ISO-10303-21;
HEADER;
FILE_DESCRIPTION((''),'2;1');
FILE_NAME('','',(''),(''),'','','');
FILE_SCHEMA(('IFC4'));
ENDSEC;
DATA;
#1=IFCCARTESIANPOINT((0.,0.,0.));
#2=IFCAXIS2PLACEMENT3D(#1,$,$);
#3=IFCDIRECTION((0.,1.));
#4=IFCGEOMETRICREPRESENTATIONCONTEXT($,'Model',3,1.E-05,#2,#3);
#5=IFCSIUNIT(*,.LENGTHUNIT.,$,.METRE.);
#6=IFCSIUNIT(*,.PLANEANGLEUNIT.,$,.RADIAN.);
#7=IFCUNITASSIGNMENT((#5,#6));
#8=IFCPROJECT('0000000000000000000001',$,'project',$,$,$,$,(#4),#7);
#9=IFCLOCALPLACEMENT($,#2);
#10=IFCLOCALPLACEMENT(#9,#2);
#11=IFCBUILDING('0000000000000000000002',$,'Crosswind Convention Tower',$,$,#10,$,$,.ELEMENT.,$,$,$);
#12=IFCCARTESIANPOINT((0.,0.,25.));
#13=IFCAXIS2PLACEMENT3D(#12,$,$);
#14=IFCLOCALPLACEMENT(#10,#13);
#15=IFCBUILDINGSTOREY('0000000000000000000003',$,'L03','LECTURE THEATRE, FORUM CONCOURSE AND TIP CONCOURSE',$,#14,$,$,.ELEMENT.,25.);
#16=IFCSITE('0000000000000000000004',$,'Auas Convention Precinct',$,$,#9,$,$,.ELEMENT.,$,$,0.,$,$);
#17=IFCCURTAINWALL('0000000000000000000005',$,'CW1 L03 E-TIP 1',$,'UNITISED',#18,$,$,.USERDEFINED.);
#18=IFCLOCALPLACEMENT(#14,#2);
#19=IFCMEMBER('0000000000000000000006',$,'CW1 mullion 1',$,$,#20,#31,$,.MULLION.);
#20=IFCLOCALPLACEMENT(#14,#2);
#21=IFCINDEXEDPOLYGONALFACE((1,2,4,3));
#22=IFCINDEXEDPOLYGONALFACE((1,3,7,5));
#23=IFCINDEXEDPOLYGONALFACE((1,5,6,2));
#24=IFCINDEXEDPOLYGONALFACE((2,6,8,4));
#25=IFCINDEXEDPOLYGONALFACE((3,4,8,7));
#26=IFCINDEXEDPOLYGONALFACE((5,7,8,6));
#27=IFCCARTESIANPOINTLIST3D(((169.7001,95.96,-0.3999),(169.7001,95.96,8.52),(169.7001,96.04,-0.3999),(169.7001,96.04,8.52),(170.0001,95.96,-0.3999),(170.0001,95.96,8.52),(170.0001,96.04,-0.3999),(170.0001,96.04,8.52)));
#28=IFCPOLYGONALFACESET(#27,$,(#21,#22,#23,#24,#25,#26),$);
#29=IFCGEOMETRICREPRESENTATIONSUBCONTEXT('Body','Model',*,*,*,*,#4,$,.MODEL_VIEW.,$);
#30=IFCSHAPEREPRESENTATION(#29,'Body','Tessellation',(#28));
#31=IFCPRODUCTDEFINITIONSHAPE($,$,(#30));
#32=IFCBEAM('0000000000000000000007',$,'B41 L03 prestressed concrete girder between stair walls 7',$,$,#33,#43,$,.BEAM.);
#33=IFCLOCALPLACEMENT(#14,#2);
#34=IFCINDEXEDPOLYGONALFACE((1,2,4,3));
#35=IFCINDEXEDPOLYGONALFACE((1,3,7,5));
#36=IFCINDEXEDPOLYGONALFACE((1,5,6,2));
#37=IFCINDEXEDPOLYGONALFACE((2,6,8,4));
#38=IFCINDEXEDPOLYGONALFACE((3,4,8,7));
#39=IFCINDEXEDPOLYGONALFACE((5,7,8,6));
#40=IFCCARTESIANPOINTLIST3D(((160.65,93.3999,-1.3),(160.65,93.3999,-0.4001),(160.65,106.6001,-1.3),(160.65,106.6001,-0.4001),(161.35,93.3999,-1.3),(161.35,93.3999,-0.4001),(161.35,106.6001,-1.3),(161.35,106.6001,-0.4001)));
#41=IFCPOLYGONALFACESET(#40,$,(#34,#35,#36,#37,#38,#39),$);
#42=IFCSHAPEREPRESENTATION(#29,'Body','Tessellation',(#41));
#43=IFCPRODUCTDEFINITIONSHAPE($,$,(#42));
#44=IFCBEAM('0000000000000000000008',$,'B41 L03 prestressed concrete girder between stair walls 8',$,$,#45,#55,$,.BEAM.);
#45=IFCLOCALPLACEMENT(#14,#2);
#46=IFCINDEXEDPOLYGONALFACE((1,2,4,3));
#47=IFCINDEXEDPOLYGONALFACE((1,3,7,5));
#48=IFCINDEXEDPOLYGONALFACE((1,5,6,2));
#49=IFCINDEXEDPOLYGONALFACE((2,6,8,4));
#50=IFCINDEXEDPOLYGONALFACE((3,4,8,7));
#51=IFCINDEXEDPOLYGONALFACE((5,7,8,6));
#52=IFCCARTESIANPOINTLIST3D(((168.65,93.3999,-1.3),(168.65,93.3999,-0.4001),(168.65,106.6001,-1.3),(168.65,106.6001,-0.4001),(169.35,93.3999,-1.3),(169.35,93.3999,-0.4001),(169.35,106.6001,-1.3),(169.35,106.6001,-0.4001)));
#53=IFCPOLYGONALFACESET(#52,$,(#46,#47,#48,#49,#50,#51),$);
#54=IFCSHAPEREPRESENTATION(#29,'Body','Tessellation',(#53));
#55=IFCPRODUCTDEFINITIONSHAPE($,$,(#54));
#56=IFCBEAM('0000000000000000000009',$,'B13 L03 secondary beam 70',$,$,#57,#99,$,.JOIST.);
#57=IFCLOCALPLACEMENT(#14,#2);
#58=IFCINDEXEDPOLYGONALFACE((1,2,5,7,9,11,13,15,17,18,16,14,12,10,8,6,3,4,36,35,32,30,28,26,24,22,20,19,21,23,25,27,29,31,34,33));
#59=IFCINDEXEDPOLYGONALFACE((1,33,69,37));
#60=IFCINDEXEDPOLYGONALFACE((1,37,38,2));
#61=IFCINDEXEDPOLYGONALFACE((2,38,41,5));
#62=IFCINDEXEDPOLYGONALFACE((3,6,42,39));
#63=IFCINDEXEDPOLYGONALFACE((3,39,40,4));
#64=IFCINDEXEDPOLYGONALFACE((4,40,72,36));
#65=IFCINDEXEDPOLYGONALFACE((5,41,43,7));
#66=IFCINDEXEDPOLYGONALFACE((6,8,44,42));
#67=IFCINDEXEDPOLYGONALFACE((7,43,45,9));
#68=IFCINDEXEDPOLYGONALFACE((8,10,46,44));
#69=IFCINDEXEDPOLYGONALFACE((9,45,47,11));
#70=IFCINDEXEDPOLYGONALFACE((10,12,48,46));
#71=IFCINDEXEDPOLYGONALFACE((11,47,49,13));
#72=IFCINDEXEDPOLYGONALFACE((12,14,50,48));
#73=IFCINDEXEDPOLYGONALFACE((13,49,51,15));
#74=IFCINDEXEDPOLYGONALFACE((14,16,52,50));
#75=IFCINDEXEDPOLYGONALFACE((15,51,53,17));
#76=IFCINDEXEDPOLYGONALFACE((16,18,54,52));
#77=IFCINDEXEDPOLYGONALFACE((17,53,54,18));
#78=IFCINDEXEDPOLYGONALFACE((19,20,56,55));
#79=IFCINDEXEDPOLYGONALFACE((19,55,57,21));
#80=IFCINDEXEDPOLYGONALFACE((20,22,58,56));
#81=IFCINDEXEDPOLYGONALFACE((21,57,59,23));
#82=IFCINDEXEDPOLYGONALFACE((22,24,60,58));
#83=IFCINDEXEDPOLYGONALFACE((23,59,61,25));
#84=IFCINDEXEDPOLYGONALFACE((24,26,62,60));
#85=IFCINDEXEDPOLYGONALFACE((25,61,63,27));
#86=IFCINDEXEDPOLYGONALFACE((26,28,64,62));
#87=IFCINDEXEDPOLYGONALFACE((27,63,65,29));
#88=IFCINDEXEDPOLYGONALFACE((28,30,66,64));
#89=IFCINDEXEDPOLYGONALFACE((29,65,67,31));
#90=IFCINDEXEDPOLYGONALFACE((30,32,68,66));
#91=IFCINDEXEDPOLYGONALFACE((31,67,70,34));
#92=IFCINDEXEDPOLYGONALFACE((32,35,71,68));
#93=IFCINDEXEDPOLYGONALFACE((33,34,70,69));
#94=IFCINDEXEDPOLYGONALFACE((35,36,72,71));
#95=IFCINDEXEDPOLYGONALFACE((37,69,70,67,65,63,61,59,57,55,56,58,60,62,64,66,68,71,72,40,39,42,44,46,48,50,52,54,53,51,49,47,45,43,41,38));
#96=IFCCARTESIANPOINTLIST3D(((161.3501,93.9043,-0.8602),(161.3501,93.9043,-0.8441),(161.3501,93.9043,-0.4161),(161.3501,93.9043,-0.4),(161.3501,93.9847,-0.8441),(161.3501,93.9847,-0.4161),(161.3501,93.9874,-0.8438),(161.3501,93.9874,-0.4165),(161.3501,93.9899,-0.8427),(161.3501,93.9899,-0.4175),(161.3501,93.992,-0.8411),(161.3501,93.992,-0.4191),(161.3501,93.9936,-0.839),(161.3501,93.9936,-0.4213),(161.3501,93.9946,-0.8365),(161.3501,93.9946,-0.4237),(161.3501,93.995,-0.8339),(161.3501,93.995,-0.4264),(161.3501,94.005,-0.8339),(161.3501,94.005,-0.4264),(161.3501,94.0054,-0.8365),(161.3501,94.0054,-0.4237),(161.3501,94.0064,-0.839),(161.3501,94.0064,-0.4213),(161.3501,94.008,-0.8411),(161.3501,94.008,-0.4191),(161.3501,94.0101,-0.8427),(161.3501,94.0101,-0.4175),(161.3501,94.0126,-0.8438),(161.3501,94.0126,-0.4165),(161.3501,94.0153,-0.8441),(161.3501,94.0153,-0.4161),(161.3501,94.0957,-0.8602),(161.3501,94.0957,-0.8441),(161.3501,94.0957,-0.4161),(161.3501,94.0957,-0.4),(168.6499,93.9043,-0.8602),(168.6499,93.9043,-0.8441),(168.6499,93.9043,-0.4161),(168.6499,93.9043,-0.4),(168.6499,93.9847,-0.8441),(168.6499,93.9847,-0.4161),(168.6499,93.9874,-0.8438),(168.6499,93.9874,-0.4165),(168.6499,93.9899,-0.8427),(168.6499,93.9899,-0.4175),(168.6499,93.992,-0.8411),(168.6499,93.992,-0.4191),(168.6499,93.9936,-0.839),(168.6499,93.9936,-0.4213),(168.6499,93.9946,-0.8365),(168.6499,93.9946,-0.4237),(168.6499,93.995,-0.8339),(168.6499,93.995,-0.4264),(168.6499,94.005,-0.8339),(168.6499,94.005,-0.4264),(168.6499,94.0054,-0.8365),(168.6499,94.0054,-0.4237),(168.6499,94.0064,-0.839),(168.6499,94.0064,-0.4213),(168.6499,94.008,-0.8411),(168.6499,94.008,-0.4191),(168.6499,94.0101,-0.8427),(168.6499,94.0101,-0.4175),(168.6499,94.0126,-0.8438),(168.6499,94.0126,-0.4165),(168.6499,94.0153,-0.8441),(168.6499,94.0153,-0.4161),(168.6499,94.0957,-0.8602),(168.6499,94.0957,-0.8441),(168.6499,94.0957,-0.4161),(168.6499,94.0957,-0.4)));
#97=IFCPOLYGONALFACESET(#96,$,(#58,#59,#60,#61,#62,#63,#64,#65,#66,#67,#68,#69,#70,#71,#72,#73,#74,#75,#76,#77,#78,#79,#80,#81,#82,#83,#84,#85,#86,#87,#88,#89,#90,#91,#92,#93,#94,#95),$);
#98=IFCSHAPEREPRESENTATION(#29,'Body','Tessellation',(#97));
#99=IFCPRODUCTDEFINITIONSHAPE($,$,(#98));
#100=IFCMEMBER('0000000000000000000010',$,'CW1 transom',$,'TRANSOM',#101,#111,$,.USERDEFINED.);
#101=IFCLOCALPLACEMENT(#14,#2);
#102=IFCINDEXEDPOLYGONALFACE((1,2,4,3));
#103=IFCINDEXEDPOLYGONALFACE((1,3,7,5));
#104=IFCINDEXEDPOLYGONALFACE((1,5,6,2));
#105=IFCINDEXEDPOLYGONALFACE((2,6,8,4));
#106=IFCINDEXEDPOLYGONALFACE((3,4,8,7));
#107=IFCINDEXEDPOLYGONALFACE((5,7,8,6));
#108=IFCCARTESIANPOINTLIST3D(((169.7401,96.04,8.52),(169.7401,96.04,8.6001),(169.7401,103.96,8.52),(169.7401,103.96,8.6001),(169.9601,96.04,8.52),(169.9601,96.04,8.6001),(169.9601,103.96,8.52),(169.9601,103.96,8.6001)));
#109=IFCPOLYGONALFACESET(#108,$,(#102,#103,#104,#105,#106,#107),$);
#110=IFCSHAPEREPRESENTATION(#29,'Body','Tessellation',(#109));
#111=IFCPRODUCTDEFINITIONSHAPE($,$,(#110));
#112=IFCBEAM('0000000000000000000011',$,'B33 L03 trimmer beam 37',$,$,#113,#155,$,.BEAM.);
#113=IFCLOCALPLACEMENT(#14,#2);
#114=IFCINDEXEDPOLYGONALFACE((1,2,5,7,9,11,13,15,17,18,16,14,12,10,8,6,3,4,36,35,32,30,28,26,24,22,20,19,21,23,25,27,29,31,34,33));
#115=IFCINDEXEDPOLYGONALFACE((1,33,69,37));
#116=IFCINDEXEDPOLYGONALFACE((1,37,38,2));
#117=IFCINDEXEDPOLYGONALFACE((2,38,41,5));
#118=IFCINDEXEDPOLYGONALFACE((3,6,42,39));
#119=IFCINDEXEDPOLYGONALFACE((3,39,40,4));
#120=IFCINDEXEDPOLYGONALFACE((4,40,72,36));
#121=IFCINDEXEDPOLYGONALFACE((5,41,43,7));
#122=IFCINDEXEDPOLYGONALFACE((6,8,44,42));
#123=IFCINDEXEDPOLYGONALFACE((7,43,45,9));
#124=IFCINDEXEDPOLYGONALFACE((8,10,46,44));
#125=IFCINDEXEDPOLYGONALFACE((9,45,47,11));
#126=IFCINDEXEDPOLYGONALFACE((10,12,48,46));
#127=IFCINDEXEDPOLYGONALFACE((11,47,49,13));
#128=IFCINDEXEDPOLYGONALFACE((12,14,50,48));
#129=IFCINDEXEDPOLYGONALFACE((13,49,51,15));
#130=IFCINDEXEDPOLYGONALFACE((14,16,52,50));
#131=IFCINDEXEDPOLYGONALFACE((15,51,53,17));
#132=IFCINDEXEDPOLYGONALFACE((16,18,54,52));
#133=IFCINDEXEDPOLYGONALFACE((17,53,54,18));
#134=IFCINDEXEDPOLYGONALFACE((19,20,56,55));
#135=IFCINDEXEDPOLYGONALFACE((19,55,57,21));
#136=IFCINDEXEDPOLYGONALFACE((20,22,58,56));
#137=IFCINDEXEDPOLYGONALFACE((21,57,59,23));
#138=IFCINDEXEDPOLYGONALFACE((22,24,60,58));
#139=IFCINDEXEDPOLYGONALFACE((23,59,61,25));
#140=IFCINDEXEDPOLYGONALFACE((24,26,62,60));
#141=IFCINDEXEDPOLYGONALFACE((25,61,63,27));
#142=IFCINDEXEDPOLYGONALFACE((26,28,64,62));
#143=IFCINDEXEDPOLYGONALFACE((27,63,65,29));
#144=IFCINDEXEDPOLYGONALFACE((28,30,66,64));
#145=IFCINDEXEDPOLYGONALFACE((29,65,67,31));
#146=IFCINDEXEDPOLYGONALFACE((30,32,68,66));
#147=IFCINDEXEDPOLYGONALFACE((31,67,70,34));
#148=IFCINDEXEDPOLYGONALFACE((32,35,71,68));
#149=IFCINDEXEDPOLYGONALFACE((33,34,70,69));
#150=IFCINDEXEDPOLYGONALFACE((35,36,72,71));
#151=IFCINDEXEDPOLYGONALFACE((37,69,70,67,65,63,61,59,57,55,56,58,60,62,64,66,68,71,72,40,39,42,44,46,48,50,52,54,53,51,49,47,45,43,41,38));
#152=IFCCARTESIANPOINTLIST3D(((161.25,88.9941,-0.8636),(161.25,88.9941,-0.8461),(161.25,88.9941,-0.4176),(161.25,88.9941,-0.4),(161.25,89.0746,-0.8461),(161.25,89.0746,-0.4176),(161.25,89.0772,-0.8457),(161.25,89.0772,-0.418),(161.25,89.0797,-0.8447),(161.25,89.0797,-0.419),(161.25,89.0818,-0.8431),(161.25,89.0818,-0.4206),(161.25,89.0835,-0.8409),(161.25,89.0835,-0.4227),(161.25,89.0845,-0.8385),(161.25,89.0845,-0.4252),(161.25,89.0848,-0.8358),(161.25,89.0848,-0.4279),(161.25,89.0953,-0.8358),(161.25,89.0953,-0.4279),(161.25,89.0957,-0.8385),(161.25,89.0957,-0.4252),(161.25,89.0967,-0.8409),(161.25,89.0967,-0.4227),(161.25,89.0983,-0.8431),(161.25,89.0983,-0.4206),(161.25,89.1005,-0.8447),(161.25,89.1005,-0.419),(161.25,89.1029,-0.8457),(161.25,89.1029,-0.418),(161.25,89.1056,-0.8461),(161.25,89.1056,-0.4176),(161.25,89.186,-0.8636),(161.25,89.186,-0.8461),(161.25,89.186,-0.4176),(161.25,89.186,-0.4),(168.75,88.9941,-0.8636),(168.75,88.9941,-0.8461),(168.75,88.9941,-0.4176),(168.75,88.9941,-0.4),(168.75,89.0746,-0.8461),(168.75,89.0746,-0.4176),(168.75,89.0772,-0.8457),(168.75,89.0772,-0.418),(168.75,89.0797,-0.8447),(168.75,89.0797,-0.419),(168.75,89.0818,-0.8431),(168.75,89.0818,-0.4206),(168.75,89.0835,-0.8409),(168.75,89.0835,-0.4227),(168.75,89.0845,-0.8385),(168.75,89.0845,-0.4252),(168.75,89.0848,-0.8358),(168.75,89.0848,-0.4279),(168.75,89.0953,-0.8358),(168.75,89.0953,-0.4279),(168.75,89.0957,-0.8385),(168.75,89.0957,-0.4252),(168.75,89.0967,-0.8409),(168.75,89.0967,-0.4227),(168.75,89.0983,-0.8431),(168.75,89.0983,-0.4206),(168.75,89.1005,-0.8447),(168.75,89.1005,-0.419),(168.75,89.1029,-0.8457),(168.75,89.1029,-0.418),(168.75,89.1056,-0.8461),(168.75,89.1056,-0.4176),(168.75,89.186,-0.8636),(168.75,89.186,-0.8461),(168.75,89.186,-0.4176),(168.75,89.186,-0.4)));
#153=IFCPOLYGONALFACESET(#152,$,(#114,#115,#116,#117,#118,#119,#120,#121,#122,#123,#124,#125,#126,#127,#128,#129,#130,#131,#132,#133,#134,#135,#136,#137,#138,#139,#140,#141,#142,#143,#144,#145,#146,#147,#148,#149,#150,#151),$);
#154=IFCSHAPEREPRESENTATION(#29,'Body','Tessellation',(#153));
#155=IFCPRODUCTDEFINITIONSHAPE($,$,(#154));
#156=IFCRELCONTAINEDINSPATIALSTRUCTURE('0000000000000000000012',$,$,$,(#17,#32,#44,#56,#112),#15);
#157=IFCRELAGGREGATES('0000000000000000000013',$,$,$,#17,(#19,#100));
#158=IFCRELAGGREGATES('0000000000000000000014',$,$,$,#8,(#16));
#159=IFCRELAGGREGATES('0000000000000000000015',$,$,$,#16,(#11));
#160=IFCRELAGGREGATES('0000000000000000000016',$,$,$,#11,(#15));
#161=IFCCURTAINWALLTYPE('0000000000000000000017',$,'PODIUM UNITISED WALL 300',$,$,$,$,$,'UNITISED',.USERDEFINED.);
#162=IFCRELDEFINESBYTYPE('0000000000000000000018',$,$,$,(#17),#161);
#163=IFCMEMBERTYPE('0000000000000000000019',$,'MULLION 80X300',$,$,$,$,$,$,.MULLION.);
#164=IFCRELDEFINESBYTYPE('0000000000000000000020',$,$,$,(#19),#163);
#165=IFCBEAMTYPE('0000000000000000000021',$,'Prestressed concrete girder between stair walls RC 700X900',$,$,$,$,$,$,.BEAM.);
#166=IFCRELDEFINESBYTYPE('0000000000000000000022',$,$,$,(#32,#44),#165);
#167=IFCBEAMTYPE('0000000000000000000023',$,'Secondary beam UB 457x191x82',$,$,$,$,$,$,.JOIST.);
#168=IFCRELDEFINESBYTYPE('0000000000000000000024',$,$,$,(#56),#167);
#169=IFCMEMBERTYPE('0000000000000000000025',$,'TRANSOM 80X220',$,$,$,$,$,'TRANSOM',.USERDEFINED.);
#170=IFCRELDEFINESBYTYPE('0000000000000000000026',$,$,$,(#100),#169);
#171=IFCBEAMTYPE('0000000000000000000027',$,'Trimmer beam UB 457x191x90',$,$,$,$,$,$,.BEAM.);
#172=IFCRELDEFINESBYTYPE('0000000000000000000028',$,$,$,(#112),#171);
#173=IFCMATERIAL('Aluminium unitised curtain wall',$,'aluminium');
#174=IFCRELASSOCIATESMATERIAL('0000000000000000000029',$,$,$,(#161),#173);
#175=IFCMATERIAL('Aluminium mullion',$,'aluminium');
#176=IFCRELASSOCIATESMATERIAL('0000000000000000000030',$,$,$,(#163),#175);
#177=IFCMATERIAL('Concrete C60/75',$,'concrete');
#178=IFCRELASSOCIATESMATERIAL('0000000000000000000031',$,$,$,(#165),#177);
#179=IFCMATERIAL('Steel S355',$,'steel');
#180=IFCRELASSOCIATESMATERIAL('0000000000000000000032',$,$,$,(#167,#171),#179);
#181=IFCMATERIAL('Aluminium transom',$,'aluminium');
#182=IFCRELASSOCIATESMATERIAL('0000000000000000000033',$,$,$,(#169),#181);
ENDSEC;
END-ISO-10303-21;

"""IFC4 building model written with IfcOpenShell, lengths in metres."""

from ifc_helpers import new_model, si_unit, direction, frame, origin, origin_2d, place, context, subcontext, project, spatial, rectangle, i_section, extrude, material, material_profile, profile_set, type_object, element, aggregate, save


model = new_model("IFC4")

# Units and contexts
model_context = context("Model", 3, precision=1e-05, world=origin(), true_north=direction((0.0, 1.0)))
body_context = subcontext(model_context, "Body", "Model", "MODEL_VIEW")
ifc_project = project(units=[si_unit("LENGTHUNIT", "METRE"), si_unit("PLANEANGLEUNIT", "RADIAN")], contexts=[model_context])

# Site, building, storey
site_placement = place(None, origin())
site = spatial("IfcSite", under=ifc_project, at=site_placement, Name="Auas Convention Precinct", CompositionType="ELEMENT", RefElevation=0.0)
building_placement = place(site_placement, origin())
building = spatial("IfcBuilding", under=site, at=building_placement, Name="Crosswind Convention Tower", CompositionType="ELEMENT")
storey_placement = place(building_placement, frame((0.0, 0.0, 25.0)))
storey = spatial("IfcBuildingStorey", under=building, at=storey_placement, Name="L03", Description="LECTURE THEATRE, FORUM CONCOURSE AND TIP CONCOURSE", CompositionType="ELEMENT", Elevation=25.0)

# Curtain wall, member
ifc_material_1 = material(Name="Aluminium unitised curtain wall", Category="aluminium")
curtain_wall_type = type_object("IfcCurtainWallType", Name="PODIUM UNITISED WALL 300", ElementType="UNITISED", PredefinedType="USERDEFINED", material=ifc_material_1)
curtain_wall_placement = place(storey_placement, origin())
curtain_wall = element("IfcCurtainWall", 1, at=curtain_wall_placement, inside=storey, type_object=curtain_wall_type, Name="CW1 L03 E-TIP 1", ObjectType="UNITISED", PredefinedType="USERDEFINED")
ifc_material_2 = material(Name="Aluminium mullion", Category="aluminium")
ifc_material_profile_1 = material_profile(ifc_material_2, rectangle(XDim=0.3, YDim=0.0801, at=origin_2d()), Name="AL 300X80")
ifc_profile_set_1 = profile_set([ifc_material_profile_1], Name="Aluminium mullion")
member_type_1 = type_object("IfcMemberType", Name="MULLION 80X300", PredefinedType="MULLION", material=ifc_profile_set_1)
member_1_placement = place(storey_placement, frame((169.8501, 96.0, -0.3999), z_axis=(0.0, 0.0, 1.0), x_axis=(1.0, 0.0, 0.0)))
member_1 = element("IfcMember", 2, at=member_1_placement, type_object=member_type_1, Name="CW1 mullion 1", PredefinedType="MULLION", context=body_context, shape_type="SweptSolid", body=[
    extrude(rectangle(XDim=0.3, YDim=0.0801, at=origin_2d()), origin(), (0.0, 0.0, 1.0), 8.9199),
])

# Beams
ifc_material_3 = material(Name="Concrete C60/75", Category="concrete")
ifc_material_profile_2 = material_profile(ifc_material_3, rectangle(XDim=0.7, YDim=0.8999, at=origin_2d()), Name="RC 700X900")
ifc_profile_set_2 = profile_set([ifc_material_profile_2], Name="Concrete C60/75")
beam_type_1 = type_object("IfcBeamType", Name="Prestressed concrete girder between stair walls RC 700X900", PredefinedType="BEAM", material=ifc_profile_set_2)
for number, where, z_axis, x_axis, name in (
    (3, (161.0, 93.3999, -0.8501), (0.0, 1.0, 0.0), (-1.0, 0.0, 0.0), "B41 L03 prestressed concrete girder between stair walls 7"),
    (4, (169.0, 93.3999, -0.8501), (0.0, 1.0, 0.0), (-1.0, 0.0, 0.0), "B41 L03 prestressed concrete girder between stair walls 8"),
):
    element("IfcBeam", number, at=place(storey_placement, frame(where, z_axis=z_axis, x_axis=x_axis)), inside=storey, type_object=beam_type_1, Name=name, PredefinedType="BEAM", context=body_context, shape_type="SweptSolid", body=[
        extrude(rectangle(XDim=0.7, YDim=0.8999, at=origin_2d()), origin(), (0.0, 0.0, 1.0), 13.2002),
    ])
ifc_material_4 = material(Name="Steel S355", Category="steel")
ifc_material_profile_3 = material_profile(ifc_material_4, i_section(OverallWidth=0.1914, OverallDepth=0.4602, WebThickness=0.01, FlangeThickness=0.0161, FilletRadius=0.0103, at=origin_2d()), Name="UB 457x191x82")
ifc_profile_set_3 = profile_set([ifc_material_profile_3], Name="Steel S355")
beam_type_2 = type_object("IfcBeamType", Name="Secondary beam UB 457x191x82", PredefinedType="JOIST", material=ifc_profile_set_3)
beam_1_placement = place(storey_placement, frame((161.3501, 94.0, -0.6301), z_axis=(1.0, 0.0, 0.0), x_axis=(0.0, 1.0, 0.0)))
element("IfcBeam", 5, at=beam_1_placement, inside=storey, type_object=beam_type_2, Name="B13 L03 secondary beam 70", PredefinedType="JOIST", context=body_context, shape_type="SweptSolid", body=[
    extrude(i_section(OverallWidth=0.1914, OverallDepth=0.4602, WebThickness=0.01, FlangeThickness=0.0161, FilletRadius=0.0103, at=origin_2d()), origin(), (0.0, 0.0, 1.0), 7.2998),
])

# Member
ifc_material_5 = material(Name="Aluminium transom", Category="aluminium")
ifc_material_profile_4 = material_profile(ifc_material_5, rectangle(XDim=0.22, YDim=0.0801, at=origin_2d()), Name="AL 220X80")
ifc_profile_set_4 = profile_set([ifc_material_profile_4], Name="Aluminium transom")
member_type_2 = type_object("IfcMemberType", Name="TRANSOM 80X220", ElementType="TRANSOM", PredefinedType="USERDEFINED", material=ifc_profile_set_4)
member_2_placement = place(storey_placement, frame((169.8501, 96.04, 8.5601), z_axis=(0.0, 1.0, 0.0), x_axis=(-1.0, 0.0, 0.0)))
member_2 = element("IfcMember", 6, at=member_2_placement, type_object=member_type_2, Name="CW1 transom", ObjectType="TRANSOM", PredefinedType="USERDEFINED", context=body_context, shape_type="SweptSolid", body=[
    extrude(rectangle(XDim=0.22, YDim=0.0801, at=origin_2d()), origin(), (0.0, 0.0, 1.0), 7.9199),
])

# Beam
ifc_material_profile_5 = material_profile(ifc_material_4, i_section(OverallWidth=0.1919, OverallDepth=0.4636, WebThickness=0.0105, FlangeThickness=0.0176, FilletRadius=0.0103, at=origin_2d()), Name="UB 457x191x90")
ifc_profile_set_5 = profile_set([ifc_material_profile_5], Name="Steel S355")
beam_type_3 = type_object("IfcBeamType", Name="Trimmer beam UB 457x191x90", PredefinedType="BEAM", material=ifc_profile_set_5)
beam_2_placement = place(storey_placement, frame((161.25, 89.0901, -0.6318), z_axis=(1.0, 0.0, 0.0), x_axis=(0.0, 1.0, 0.0)))
element("IfcBeam", 7, at=beam_2_placement, inside=storey, type_object=beam_type_3, Name="B33 L03 trimmer beam 37", PredefinedType="BEAM", context=body_context, shape_type="SweptSolid", body=[
    extrude(i_section(OverallWidth=0.1919, OverallDepth=0.4636, WebThickness=0.0105, FlangeThickness=0.0176, FilletRadius=0.0103, at=origin_2d()), origin(), (0.0, 0.0, 1.0), 7.5),
])

aggregate(curtain_wall, [member_1, member_2])

save(model, "model.ifc")
